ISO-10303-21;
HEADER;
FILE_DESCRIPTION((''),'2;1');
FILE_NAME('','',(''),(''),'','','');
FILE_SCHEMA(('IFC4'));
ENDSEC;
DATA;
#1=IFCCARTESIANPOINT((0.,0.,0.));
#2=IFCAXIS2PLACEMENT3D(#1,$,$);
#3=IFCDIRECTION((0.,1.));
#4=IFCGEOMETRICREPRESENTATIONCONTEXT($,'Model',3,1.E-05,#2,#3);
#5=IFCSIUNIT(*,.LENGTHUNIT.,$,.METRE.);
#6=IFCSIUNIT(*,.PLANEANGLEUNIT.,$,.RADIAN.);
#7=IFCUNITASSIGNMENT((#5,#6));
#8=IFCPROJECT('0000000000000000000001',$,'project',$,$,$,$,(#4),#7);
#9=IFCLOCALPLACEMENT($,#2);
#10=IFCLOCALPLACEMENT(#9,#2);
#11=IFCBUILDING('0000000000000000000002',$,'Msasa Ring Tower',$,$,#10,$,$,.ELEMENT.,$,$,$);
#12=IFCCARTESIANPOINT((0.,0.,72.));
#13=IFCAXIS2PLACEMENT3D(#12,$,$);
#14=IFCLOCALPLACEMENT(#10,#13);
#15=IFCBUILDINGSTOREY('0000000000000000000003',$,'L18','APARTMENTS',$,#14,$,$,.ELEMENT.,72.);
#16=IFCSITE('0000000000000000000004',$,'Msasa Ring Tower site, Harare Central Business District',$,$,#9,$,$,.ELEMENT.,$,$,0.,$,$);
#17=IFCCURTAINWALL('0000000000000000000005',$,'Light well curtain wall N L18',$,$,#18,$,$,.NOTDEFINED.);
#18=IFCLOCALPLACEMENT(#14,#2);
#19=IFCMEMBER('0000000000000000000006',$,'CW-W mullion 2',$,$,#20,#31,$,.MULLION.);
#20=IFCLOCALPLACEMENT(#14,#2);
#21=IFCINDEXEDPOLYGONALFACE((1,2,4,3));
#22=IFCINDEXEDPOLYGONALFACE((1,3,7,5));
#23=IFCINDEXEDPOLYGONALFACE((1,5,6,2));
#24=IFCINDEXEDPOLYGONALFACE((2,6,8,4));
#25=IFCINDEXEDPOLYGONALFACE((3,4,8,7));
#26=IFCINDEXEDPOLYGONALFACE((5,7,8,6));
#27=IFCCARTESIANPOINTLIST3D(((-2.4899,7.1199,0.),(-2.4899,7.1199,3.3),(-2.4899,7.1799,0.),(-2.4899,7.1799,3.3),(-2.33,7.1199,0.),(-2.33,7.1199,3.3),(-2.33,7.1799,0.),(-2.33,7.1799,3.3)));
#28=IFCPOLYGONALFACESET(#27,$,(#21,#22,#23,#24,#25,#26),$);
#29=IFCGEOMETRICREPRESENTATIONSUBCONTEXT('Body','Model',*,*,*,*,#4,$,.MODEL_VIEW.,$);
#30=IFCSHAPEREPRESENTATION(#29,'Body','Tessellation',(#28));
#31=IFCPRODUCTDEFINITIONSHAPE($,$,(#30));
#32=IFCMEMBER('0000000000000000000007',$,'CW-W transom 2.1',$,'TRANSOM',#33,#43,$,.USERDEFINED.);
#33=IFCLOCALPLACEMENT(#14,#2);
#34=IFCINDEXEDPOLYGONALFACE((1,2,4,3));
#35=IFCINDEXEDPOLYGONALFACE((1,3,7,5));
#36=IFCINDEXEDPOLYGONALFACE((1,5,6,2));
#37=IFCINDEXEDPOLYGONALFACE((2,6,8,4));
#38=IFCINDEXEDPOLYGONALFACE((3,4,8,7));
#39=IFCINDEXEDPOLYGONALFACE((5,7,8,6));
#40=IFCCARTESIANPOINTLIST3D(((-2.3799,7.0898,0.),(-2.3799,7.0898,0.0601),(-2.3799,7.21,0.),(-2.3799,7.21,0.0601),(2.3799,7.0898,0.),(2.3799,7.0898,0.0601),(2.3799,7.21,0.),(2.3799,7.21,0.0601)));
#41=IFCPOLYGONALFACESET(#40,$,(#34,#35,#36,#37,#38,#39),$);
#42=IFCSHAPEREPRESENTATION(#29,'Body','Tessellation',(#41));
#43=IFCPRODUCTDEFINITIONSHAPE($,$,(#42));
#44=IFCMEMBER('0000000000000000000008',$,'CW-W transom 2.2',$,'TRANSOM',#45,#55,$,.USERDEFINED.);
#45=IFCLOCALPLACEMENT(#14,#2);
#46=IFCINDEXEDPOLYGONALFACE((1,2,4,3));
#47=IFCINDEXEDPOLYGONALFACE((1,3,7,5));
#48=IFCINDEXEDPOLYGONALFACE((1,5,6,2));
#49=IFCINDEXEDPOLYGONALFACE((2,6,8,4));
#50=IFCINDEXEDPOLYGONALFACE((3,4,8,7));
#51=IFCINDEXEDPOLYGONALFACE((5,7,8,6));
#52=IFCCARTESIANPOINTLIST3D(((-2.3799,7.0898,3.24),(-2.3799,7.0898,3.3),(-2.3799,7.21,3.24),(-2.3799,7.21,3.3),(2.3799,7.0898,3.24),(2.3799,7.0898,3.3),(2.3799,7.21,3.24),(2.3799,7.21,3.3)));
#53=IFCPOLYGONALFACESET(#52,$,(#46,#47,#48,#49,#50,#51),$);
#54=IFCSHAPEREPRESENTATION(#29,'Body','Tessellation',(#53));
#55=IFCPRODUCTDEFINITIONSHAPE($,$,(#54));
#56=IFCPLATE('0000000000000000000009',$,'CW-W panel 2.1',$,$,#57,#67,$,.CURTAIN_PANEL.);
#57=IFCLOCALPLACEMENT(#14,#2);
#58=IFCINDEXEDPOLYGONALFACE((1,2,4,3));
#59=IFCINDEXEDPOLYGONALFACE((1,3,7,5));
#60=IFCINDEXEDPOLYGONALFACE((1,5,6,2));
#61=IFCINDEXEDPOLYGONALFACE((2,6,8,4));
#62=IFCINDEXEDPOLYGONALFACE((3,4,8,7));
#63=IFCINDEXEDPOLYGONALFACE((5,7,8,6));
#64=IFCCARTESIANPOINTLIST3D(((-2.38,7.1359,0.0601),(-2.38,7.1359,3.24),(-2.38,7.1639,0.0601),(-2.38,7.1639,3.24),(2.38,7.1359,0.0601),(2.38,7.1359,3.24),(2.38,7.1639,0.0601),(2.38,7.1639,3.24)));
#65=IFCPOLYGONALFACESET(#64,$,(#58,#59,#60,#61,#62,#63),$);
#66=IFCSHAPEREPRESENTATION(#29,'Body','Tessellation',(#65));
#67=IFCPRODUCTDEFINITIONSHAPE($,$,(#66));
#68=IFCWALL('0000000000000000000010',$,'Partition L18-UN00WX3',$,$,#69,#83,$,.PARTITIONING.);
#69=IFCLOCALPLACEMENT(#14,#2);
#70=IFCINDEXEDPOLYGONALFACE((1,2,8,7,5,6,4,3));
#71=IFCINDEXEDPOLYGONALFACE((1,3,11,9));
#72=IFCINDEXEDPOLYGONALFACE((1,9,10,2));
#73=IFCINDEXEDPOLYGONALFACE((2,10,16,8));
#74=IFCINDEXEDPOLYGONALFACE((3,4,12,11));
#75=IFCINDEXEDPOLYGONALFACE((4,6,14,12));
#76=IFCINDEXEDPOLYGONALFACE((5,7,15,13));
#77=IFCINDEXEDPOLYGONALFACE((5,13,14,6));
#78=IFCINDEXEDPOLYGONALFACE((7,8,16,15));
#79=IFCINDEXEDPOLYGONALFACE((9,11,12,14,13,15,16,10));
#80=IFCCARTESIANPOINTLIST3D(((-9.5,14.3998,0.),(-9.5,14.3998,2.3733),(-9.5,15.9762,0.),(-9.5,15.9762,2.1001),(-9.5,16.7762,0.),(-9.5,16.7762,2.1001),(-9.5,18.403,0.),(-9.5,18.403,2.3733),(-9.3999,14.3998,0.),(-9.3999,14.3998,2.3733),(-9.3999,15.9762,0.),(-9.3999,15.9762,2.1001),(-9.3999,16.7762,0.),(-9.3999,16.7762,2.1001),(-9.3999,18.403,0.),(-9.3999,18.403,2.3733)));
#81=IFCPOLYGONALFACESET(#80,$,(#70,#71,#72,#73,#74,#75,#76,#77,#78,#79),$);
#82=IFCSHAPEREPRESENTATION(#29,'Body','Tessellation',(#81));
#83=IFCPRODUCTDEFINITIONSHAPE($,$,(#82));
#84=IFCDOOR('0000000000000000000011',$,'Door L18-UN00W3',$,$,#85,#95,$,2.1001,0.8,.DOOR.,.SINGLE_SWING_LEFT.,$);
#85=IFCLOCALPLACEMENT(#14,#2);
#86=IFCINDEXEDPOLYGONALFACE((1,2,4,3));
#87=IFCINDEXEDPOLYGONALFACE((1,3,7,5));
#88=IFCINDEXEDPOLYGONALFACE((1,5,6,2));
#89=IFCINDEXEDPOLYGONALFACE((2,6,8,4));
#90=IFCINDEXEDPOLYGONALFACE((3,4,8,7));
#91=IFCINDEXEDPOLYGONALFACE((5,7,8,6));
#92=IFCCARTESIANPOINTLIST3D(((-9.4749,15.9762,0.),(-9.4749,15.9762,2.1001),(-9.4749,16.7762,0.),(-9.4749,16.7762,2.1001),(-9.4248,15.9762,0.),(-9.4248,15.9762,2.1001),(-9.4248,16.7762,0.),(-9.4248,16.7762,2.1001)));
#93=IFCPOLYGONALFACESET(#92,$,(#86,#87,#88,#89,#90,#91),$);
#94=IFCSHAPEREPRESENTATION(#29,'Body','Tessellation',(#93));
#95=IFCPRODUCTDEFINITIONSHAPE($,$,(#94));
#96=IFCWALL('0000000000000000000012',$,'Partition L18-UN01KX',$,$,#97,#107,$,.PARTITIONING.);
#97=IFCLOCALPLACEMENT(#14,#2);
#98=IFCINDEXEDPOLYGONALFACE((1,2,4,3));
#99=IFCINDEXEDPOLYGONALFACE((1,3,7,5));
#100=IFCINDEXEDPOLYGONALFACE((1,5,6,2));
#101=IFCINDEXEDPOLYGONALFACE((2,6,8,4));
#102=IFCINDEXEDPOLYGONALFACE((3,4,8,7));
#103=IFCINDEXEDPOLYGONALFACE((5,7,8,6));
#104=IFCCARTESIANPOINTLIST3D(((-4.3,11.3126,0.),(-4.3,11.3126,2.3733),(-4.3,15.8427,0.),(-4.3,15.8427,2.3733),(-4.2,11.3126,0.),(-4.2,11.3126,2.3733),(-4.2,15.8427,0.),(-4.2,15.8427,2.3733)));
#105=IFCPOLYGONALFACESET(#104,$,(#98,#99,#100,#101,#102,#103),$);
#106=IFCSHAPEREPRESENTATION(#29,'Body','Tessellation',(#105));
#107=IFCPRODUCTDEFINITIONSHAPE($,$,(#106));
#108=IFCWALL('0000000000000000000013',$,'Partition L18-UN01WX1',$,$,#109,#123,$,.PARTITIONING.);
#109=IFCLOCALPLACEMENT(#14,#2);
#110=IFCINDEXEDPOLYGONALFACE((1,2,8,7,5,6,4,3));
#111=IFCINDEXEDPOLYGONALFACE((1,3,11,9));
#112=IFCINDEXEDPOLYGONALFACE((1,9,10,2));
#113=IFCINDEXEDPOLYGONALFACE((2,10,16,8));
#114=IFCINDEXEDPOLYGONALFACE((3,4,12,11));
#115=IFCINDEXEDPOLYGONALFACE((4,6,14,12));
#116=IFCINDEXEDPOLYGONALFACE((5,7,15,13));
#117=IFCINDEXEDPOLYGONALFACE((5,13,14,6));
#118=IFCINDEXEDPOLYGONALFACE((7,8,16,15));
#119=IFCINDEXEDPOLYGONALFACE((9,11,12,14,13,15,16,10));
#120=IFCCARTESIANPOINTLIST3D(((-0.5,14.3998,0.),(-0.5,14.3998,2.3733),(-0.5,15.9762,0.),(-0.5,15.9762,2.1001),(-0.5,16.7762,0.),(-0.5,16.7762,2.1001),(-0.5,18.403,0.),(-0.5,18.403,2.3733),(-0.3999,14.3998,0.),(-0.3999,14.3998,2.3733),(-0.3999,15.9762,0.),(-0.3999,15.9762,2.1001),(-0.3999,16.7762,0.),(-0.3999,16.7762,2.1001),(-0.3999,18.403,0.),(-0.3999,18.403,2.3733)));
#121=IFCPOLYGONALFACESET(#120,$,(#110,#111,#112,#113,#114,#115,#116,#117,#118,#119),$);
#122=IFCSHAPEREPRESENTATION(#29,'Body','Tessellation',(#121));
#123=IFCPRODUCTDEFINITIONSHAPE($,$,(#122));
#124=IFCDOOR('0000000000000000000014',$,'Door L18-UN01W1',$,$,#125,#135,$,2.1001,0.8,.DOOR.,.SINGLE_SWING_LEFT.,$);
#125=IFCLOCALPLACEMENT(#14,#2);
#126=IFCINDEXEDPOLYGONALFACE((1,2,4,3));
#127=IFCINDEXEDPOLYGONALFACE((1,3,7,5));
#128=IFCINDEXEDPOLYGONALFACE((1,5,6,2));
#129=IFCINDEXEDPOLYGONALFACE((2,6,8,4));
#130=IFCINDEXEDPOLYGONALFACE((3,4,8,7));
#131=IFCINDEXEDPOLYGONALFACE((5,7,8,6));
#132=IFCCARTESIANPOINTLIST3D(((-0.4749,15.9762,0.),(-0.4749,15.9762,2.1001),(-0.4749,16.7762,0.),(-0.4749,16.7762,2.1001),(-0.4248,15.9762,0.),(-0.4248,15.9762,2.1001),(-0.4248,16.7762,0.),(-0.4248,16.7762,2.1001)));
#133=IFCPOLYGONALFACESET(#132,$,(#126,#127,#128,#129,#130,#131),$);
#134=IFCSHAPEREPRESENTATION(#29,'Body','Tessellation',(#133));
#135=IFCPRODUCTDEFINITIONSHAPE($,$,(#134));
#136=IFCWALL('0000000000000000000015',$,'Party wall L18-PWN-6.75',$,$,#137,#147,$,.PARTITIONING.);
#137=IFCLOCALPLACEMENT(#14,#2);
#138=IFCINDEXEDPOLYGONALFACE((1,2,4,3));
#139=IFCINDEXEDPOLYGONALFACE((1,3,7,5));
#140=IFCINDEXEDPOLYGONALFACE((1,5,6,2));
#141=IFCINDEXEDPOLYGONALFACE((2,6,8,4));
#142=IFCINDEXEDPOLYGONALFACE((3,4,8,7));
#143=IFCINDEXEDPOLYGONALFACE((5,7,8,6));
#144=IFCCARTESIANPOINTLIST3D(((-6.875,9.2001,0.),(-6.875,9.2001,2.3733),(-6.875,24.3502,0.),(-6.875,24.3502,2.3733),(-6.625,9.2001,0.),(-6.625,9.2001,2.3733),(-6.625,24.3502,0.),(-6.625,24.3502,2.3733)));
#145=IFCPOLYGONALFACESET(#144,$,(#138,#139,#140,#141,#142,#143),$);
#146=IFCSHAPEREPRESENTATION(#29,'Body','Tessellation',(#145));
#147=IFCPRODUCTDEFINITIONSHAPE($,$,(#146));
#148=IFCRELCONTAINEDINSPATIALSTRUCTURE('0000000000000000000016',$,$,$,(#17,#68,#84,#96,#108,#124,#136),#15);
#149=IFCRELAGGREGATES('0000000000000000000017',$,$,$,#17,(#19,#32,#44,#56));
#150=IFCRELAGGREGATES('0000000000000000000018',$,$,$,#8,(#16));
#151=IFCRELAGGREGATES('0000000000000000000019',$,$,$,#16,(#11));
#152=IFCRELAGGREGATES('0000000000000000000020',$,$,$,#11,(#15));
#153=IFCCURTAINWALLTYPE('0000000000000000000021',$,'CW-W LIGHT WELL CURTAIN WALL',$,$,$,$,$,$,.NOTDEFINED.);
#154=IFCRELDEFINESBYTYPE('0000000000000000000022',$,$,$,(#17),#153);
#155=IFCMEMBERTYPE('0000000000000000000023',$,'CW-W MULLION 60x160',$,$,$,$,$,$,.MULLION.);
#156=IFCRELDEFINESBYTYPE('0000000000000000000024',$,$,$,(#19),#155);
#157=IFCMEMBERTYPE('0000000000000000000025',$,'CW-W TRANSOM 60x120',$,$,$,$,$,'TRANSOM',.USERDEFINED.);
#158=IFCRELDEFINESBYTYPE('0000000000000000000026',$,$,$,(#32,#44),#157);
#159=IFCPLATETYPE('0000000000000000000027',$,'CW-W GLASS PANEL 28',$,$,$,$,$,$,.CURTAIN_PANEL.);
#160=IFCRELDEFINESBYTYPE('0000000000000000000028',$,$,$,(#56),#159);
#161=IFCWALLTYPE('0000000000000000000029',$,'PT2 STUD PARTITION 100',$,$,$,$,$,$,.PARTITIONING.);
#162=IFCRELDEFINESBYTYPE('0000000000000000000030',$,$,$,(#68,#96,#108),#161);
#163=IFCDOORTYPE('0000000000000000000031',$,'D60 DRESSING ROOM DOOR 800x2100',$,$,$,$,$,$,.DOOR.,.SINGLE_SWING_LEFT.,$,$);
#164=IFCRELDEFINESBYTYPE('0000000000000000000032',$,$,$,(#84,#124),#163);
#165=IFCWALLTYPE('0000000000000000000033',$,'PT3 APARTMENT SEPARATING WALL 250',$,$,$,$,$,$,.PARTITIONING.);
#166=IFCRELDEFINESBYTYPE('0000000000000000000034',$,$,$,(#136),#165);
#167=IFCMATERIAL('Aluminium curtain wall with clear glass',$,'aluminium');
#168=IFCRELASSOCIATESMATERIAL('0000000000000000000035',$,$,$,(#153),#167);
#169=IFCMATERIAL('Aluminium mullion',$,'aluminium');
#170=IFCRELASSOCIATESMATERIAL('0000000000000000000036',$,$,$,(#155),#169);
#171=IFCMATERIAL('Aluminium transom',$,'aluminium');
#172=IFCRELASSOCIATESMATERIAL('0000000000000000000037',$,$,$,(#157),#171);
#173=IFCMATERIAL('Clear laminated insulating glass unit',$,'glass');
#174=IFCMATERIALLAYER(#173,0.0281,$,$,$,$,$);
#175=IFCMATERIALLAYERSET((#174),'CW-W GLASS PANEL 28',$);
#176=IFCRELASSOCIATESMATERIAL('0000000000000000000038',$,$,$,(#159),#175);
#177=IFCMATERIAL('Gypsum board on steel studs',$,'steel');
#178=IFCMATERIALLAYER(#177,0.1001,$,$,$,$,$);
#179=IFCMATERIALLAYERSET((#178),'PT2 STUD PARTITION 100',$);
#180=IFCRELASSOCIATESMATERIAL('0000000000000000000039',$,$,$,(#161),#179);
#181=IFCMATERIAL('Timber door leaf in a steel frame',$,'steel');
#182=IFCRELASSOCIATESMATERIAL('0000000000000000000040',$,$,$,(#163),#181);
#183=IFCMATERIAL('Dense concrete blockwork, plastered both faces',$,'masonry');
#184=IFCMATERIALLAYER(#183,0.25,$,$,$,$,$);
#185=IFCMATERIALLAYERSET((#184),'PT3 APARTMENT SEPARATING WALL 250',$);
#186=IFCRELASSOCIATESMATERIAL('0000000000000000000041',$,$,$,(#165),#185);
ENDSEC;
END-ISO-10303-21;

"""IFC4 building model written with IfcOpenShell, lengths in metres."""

from ifc_helpers import new_model, si_unit, direction, frame, frame_2d, origin, origin_2d, place, context, subcontext, project, spatial, rectangle, extrude, material, layer, layer_set, material_profile, profile_set, type_object, element, fill, aggregate, save


model = new_model("IFC4")

# Units and contexts
model_context = context("Model", 3, precision=1e-05, world=origin(), true_north=direction((0.0, 1.0)))
body_context = subcontext(model_context, "Body", "Model", "MODEL_VIEW")
ifc_project = project(units=[si_unit("LENGTHUNIT", "METRE"), si_unit("PLANEANGLEUNIT", "RADIAN")], contexts=[model_context])

# Site, building, storey
site_placement = place(None, origin())
site = spatial("IfcSite", under=ifc_project, at=site_placement, Name="Msasa Ring Tower site, Harare Central Business District", CompositionType="ELEMENT", RefElevation=0.0)
building_placement = place(site_placement, origin())
building = spatial("IfcBuilding", under=site, at=building_placement, Name="Msasa Ring Tower", CompositionType="ELEMENT")
storey_placement = place(building_placement, frame((0.0, 0.0, 72.0)))
storey = spatial("IfcBuildingStorey", under=building, at=storey_placement, Name="L18", Description="APARTMENTS", CompositionType="ELEMENT", Elevation=72.0)

# Curtain wall, members, plate
ifc_material_1 = material(Name="Aluminium curtain wall with clear glass", Category="aluminium")
curtain_wall_type = type_object("IfcCurtainWallType", Name="CW-W LIGHT WELL CURTAIN WALL", PredefinedType="NOTDEFINED", material=ifc_material_1)
curtain_wall_placement = place(storey_placement, origin())
curtain_wall = element("IfcCurtainWall", 1, at=curtain_wall_placement, inside=storey, type_object=curtain_wall_type, Name="Light well curtain wall N L18", PredefinedType="NOTDEFINED")
ifc_material_2 = material(Name="Aluminium mullion", Category="aluminium")
ifc_material_profile_1 = material_profile(ifc_material_2, rectangle(XDim=0.0601, YDim=0.1599, at=origin_2d()), Name="AL 60x160")
ifc_profile_set_1 = profile_set([ifc_material_profile_1], Name="Aluminium mullion")
member_type_1 = type_object("IfcMemberType", Name="CW-W MULLION 60x160", PredefinedType="MULLION", material=ifc_profile_set_1)
member_1_placement = place(storey_placement, frame((-2.4099, 7.1499, 0.0), z_axis=(0.0, 0.0, 1.0), x_axis=(0.0, 1.0, 0.0)))
member_1 = element("IfcMember", 2, at=member_1_placement, type_object=member_type_1, Name="CW-W mullion 2", PredefinedType="MULLION", context=body_context, shape_type="SweptSolid", body=[
    extrude(rectangle(XDim=0.0601, YDim=0.1599, at=origin_2d()), origin(), (0.0, 0.0, 1.0), 3.3),
])
ifc_material_3 = material(Name="Aluminium transom", Category="aluminium")
ifc_material_profile_2 = material_profile(ifc_material_3, rectangle(XDim=0.1201, YDim=0.0601, at=origin_2d()), Name="AL 60x120")
ifc_profile_set_2 = profile_set([ifc_material_profile_2], Name="Aluminium transom")
member_type_2 = type_object("IfcMemberType", Name="CW-W TRANSOM 60x120", ElementType="TRANSOM", PredefinedType="USERDEFINED", material=ifc_profile_set_2)
member_2_placement = place(storey_placement, frame((-2.3799, 7.1499, 0.03), z_axis=(1.0, 0.0, 0.0), x_axis=(0.0, 1.0, 0.0)))
member_2 = element("IfcMember", 3, at=member_2_placement, type_object=member_type_2, Name="CW-W transom 2.1", ObjectType="TRANSOM", PredefinedType="USERDEFINED", context=body_context, shape_type="SweptSolid", body=[
    extrude(rectangle(XDim=0.1201, YDim=0.0601, at=origin_2d()), origin(), (0.0, 0.0, 1.0), 4.7598),
])
member_3_placement = place(storey_placement, frame((-2.3799, 7.1499, 3.27), z_axis=(1.0, 0.0, 0.0), x_axis=(0.0, 1.0, 0.0)))
member_3 = element("IfcMember", 4, at=member_3_placement, type_object=member_type_2, Name="CW-W transom 2.2", ObjectType="TRANSOM", PredefinedType="USERDEFINED", context=body_context, shape_type="SweptSolid", body=[
    extrude(rectangle(XDim=0.1201, YDim=0.0601, at=origin_2d()), origin(), (0.0, 0.0, 1.0), 4.7598),
])
ifc_material_4 = material(Name="Clear laminated insulating glass unit", Category="glass")
ifc_layer_1 = layer(ifc_material_4, 0.0281)
ifc_layer_set_1 = layer_set([ifc_layer_1], Name="CW-W GLASS PANEL 28")
plate_type = type_object("IfcPlateType", Name="CW-W GLASS PANEL 28", PredefinedType="CURTAIN_PANEL", material=ifc_layer_set_1)
plate_placement = place(storey_placement, frame((0.0, 7.1499, 0.0601), z_axis=(0.0, 0.0, 1.0), x_axis=(1.0, 0.0, 0.0)))
plate = element("IfcPlate", 5, at=plate_placement, type_object=plate_type, Name="CW-W panel 2.1", PredefinedType="CURTAIN_PANEL", context=body_context, shape_type="SweptSolid", body=[
    extrude(rectangle(XDim=4.76, YDim=0.0281, at=origin_2d()), origin(), (0.0, 0.0, 1.0), 3.1799),
])
aggregate(curtain_wall, [member_1, member_2, member_3, plate])

# Wall, opening, door
ifc_material_5 = material(Name="Gypsum board on steel studs", Category="steel")
ifc_layer_2 = layer(ifc_material_5, 0.1001)
ifc_layer_set_2 = layer_set([ifc_layer_2], Name="PT2 STUD PARTITION 100")
wall_type_1 = type_object("IfcWallType", Name="PT2 STUD PARTITION 100", PredefinedType="PARTITIONING", material=ifc_layer_set_2)
wall_1_placement = place(storey_placement, frame((-9.45, 14.3999, 0.0), z_axis=(0.0, 0.0, 1.0), x_axis=(0.0, 1.0, 0.0)))
wall_1 = element("IfcWall", 6, at=wall_1_placement, inside=storey, type_object=wall_type_1, Name="Partition L18-UN00WX3", PredefinedType="PARTITIONING", context=body_context, shape_type="SweptSolid", body=[
    extrude(rectangle(XDim=4.0032, YDim=0.1001, at=frame_2d((2.0015, 0.0))), origin(), (0.0, 0.0, 1.0), 2.3733),
])
opening_1_placement = place(wall_1_placement, frame((1.5764, 0.0, 0.0)))
opening_1 = element("IfcOpeningElement", 7, at=opening_1_placement, cuts=wall_1, PredefinedType="OPENING", context=body_context, shape_type="SweptSolid", body=[
    extrude(rectangle(XDim=0.8, YDim=2.1001, at=frame_2d((0.3999, 1.05))), frame((0.0, 0.0601, 0.0), z_axis=(0.0, -1.0, 0.0), x_axis=(1.0, 0.0, 0.0)), (0.0, 0.0, 1.0), 0.1201),
])
ifc_material_6 = material(Name="Timber door leaf in a steel frame", Category="steel")
door_type_1 = type_object("IfcDoorType", Name="D60 DRESSING ROOM DOOR 800x2100", OperationType="SINGLE_SWING_LEFT", PredefinedType="DOOR", material=ifc_material_6)
door_1_placement = place(opening_1_placement, origin())
door_1 = element("IfcDoor", 8, at=door_1_placement, inside=storey, type_object=door_type_1, Name="Door L18-UN00W3", OperationType="SINGLE_SWING_LEFT", OverallHeight=2.1001, OverallWidth=0.8, PredefinedType="DOOR", context=body_context, shape_type="SweptSolid", body=[
    extrude(rectangle(XDim=0.8, YDim=2.1001, at=frame_2d((0.3999, 1.05))), frame((0.0, 0.0249, 0.0), z_axis=(0.0, -1.0, 0.0), x_axis=(1.0, 0.0, 0.0)), (0.0, 0.0, 1.0), 0.05),
])
fill(opening_1, door_1)

# Wall
wall_2_placement = place(storey_placement, frame((-4.25, 11.3125, 0.0), z_axis=(0.0, 0.0, 1.0), x_axis=(0.0, 1.0, 0.0)))
element("IfcWall", 9, at=wall_2_placement, inside=storey, type_object=wall_type_1, Name="Partition L18-UN01KX", PredefinedType="PARTITIONING", context=body_context, shape_type="SweptSolid", body=[
    extrude(rectangle(XDim=4.53, YDim=0.1001, at=frame_2d((2.2651, 0.0))), origin(), (0.0, 0.0, 1.0), 2.3733),
])

# Wall, opening, door
wall_3_placement = place(storey_placement, frame((-0.45, 14.3999, 0.0), z_axis=(0.0, 0.0, 1.0), x_axis=(0.0, 1.0, 0.0)))
wall_3 = element("IfcWall", 10, at=wall_3_placement, inside=storey, type_object=wall_type_1, Name="Partition L18-UN01WX1", PredefinedType="PARTITIONING", context=body_context, shape_type="SweptSolid", body=[
    extrude(rectangle(XDim=4.0032, YDim=0.1001, at=frame_2d((2.0015, 0.0))), origin(), (0.0, 0.0, 1.0), 2.3733),
])
opening_2_placement = place(wall_3_placement, frame((1.5764, 0.0, 0.0)))
opening_2 = element("IfcOpeningElement", 11, at=opening_2_placement, cuts=wall_3, PredefinedType="OPENING", context=body_context, shape_type="SweptSolid", body=[
    extrude(rectangle(XDim=0.8, YDim=2.1001, at=frame_2d((0.3999, 1.05))), frame((0.0, 0.0601, 0.0), z_axis=(0.0, -1.0, 0.0), x_axis=(1.0, 0.0, 0.0)), (0.0, 0.0, 1.0), 0.1201),
])
door_2_placement = place(opening_2_placement, origin())
door_2 = element("IfcDoor", 12, at=door_2_placement, inside=storey, type_object=door_type_1, Name="Door L18-UN01W1", OperationType="SINGLE_SWING_LEFT", OverallHeight=2.1001, OverallWidth=0.8, PredefinedType="DOOR", context=body_context, shape_type="SweptSolid", body=[
    extrude(rectangle(XDim=0.8, YDim=2.1001, at=frame_2d((0.3999, 1.05))), frame((0.0, 0.0249, 0.0), z_axis=(0.0, -1.0, 0.0), x_axis=(1.0, 0.0, 0.0)), (0.0, 0.0, 1.0), 0.05),
])
fill(opening_2, door_2)

# Wall
ifc_material_7 = material(Name="Dense concrete blockwork, plastered both faces", Category="masonry")
ifc_layer_3 = layer(ifc_material_7, 0.25)
ifc_layer_set_3 = layer_set([ifc_layer_3], Name="PT3 APARTMENT SEPARATING WALL 250")
wall_type_2 = type_object("IfcWallType", Name="PT3 APARTMENT SEPARATING WALL 250", PredefinedType="PARTITIONING", material=ifc_layer_set_3)
wall_4_placement = place(storey_placement, frame((-6.75, 9.2, 0.0), z_axis=(0.0, 0.0, 1.0), x_axis=(0.0, 1.0, 0.0)))
element("IfcWall", 13, at=wall_4_placement, inside=storey, type_object=wall_type_2, Name="Party wall L18-PWN-6.75", PredefinedType="PARTITIONING", context=body_context, shape_type="SweptSolid", body=[
    extrude(rectangle(XDim=15.1501, YDim=0.25, at=frame_2d((7.5752, 0.0))), origin(), (0.0, 0.0, 1.0), 2.3733),
])

save(model, "model.ifc")
